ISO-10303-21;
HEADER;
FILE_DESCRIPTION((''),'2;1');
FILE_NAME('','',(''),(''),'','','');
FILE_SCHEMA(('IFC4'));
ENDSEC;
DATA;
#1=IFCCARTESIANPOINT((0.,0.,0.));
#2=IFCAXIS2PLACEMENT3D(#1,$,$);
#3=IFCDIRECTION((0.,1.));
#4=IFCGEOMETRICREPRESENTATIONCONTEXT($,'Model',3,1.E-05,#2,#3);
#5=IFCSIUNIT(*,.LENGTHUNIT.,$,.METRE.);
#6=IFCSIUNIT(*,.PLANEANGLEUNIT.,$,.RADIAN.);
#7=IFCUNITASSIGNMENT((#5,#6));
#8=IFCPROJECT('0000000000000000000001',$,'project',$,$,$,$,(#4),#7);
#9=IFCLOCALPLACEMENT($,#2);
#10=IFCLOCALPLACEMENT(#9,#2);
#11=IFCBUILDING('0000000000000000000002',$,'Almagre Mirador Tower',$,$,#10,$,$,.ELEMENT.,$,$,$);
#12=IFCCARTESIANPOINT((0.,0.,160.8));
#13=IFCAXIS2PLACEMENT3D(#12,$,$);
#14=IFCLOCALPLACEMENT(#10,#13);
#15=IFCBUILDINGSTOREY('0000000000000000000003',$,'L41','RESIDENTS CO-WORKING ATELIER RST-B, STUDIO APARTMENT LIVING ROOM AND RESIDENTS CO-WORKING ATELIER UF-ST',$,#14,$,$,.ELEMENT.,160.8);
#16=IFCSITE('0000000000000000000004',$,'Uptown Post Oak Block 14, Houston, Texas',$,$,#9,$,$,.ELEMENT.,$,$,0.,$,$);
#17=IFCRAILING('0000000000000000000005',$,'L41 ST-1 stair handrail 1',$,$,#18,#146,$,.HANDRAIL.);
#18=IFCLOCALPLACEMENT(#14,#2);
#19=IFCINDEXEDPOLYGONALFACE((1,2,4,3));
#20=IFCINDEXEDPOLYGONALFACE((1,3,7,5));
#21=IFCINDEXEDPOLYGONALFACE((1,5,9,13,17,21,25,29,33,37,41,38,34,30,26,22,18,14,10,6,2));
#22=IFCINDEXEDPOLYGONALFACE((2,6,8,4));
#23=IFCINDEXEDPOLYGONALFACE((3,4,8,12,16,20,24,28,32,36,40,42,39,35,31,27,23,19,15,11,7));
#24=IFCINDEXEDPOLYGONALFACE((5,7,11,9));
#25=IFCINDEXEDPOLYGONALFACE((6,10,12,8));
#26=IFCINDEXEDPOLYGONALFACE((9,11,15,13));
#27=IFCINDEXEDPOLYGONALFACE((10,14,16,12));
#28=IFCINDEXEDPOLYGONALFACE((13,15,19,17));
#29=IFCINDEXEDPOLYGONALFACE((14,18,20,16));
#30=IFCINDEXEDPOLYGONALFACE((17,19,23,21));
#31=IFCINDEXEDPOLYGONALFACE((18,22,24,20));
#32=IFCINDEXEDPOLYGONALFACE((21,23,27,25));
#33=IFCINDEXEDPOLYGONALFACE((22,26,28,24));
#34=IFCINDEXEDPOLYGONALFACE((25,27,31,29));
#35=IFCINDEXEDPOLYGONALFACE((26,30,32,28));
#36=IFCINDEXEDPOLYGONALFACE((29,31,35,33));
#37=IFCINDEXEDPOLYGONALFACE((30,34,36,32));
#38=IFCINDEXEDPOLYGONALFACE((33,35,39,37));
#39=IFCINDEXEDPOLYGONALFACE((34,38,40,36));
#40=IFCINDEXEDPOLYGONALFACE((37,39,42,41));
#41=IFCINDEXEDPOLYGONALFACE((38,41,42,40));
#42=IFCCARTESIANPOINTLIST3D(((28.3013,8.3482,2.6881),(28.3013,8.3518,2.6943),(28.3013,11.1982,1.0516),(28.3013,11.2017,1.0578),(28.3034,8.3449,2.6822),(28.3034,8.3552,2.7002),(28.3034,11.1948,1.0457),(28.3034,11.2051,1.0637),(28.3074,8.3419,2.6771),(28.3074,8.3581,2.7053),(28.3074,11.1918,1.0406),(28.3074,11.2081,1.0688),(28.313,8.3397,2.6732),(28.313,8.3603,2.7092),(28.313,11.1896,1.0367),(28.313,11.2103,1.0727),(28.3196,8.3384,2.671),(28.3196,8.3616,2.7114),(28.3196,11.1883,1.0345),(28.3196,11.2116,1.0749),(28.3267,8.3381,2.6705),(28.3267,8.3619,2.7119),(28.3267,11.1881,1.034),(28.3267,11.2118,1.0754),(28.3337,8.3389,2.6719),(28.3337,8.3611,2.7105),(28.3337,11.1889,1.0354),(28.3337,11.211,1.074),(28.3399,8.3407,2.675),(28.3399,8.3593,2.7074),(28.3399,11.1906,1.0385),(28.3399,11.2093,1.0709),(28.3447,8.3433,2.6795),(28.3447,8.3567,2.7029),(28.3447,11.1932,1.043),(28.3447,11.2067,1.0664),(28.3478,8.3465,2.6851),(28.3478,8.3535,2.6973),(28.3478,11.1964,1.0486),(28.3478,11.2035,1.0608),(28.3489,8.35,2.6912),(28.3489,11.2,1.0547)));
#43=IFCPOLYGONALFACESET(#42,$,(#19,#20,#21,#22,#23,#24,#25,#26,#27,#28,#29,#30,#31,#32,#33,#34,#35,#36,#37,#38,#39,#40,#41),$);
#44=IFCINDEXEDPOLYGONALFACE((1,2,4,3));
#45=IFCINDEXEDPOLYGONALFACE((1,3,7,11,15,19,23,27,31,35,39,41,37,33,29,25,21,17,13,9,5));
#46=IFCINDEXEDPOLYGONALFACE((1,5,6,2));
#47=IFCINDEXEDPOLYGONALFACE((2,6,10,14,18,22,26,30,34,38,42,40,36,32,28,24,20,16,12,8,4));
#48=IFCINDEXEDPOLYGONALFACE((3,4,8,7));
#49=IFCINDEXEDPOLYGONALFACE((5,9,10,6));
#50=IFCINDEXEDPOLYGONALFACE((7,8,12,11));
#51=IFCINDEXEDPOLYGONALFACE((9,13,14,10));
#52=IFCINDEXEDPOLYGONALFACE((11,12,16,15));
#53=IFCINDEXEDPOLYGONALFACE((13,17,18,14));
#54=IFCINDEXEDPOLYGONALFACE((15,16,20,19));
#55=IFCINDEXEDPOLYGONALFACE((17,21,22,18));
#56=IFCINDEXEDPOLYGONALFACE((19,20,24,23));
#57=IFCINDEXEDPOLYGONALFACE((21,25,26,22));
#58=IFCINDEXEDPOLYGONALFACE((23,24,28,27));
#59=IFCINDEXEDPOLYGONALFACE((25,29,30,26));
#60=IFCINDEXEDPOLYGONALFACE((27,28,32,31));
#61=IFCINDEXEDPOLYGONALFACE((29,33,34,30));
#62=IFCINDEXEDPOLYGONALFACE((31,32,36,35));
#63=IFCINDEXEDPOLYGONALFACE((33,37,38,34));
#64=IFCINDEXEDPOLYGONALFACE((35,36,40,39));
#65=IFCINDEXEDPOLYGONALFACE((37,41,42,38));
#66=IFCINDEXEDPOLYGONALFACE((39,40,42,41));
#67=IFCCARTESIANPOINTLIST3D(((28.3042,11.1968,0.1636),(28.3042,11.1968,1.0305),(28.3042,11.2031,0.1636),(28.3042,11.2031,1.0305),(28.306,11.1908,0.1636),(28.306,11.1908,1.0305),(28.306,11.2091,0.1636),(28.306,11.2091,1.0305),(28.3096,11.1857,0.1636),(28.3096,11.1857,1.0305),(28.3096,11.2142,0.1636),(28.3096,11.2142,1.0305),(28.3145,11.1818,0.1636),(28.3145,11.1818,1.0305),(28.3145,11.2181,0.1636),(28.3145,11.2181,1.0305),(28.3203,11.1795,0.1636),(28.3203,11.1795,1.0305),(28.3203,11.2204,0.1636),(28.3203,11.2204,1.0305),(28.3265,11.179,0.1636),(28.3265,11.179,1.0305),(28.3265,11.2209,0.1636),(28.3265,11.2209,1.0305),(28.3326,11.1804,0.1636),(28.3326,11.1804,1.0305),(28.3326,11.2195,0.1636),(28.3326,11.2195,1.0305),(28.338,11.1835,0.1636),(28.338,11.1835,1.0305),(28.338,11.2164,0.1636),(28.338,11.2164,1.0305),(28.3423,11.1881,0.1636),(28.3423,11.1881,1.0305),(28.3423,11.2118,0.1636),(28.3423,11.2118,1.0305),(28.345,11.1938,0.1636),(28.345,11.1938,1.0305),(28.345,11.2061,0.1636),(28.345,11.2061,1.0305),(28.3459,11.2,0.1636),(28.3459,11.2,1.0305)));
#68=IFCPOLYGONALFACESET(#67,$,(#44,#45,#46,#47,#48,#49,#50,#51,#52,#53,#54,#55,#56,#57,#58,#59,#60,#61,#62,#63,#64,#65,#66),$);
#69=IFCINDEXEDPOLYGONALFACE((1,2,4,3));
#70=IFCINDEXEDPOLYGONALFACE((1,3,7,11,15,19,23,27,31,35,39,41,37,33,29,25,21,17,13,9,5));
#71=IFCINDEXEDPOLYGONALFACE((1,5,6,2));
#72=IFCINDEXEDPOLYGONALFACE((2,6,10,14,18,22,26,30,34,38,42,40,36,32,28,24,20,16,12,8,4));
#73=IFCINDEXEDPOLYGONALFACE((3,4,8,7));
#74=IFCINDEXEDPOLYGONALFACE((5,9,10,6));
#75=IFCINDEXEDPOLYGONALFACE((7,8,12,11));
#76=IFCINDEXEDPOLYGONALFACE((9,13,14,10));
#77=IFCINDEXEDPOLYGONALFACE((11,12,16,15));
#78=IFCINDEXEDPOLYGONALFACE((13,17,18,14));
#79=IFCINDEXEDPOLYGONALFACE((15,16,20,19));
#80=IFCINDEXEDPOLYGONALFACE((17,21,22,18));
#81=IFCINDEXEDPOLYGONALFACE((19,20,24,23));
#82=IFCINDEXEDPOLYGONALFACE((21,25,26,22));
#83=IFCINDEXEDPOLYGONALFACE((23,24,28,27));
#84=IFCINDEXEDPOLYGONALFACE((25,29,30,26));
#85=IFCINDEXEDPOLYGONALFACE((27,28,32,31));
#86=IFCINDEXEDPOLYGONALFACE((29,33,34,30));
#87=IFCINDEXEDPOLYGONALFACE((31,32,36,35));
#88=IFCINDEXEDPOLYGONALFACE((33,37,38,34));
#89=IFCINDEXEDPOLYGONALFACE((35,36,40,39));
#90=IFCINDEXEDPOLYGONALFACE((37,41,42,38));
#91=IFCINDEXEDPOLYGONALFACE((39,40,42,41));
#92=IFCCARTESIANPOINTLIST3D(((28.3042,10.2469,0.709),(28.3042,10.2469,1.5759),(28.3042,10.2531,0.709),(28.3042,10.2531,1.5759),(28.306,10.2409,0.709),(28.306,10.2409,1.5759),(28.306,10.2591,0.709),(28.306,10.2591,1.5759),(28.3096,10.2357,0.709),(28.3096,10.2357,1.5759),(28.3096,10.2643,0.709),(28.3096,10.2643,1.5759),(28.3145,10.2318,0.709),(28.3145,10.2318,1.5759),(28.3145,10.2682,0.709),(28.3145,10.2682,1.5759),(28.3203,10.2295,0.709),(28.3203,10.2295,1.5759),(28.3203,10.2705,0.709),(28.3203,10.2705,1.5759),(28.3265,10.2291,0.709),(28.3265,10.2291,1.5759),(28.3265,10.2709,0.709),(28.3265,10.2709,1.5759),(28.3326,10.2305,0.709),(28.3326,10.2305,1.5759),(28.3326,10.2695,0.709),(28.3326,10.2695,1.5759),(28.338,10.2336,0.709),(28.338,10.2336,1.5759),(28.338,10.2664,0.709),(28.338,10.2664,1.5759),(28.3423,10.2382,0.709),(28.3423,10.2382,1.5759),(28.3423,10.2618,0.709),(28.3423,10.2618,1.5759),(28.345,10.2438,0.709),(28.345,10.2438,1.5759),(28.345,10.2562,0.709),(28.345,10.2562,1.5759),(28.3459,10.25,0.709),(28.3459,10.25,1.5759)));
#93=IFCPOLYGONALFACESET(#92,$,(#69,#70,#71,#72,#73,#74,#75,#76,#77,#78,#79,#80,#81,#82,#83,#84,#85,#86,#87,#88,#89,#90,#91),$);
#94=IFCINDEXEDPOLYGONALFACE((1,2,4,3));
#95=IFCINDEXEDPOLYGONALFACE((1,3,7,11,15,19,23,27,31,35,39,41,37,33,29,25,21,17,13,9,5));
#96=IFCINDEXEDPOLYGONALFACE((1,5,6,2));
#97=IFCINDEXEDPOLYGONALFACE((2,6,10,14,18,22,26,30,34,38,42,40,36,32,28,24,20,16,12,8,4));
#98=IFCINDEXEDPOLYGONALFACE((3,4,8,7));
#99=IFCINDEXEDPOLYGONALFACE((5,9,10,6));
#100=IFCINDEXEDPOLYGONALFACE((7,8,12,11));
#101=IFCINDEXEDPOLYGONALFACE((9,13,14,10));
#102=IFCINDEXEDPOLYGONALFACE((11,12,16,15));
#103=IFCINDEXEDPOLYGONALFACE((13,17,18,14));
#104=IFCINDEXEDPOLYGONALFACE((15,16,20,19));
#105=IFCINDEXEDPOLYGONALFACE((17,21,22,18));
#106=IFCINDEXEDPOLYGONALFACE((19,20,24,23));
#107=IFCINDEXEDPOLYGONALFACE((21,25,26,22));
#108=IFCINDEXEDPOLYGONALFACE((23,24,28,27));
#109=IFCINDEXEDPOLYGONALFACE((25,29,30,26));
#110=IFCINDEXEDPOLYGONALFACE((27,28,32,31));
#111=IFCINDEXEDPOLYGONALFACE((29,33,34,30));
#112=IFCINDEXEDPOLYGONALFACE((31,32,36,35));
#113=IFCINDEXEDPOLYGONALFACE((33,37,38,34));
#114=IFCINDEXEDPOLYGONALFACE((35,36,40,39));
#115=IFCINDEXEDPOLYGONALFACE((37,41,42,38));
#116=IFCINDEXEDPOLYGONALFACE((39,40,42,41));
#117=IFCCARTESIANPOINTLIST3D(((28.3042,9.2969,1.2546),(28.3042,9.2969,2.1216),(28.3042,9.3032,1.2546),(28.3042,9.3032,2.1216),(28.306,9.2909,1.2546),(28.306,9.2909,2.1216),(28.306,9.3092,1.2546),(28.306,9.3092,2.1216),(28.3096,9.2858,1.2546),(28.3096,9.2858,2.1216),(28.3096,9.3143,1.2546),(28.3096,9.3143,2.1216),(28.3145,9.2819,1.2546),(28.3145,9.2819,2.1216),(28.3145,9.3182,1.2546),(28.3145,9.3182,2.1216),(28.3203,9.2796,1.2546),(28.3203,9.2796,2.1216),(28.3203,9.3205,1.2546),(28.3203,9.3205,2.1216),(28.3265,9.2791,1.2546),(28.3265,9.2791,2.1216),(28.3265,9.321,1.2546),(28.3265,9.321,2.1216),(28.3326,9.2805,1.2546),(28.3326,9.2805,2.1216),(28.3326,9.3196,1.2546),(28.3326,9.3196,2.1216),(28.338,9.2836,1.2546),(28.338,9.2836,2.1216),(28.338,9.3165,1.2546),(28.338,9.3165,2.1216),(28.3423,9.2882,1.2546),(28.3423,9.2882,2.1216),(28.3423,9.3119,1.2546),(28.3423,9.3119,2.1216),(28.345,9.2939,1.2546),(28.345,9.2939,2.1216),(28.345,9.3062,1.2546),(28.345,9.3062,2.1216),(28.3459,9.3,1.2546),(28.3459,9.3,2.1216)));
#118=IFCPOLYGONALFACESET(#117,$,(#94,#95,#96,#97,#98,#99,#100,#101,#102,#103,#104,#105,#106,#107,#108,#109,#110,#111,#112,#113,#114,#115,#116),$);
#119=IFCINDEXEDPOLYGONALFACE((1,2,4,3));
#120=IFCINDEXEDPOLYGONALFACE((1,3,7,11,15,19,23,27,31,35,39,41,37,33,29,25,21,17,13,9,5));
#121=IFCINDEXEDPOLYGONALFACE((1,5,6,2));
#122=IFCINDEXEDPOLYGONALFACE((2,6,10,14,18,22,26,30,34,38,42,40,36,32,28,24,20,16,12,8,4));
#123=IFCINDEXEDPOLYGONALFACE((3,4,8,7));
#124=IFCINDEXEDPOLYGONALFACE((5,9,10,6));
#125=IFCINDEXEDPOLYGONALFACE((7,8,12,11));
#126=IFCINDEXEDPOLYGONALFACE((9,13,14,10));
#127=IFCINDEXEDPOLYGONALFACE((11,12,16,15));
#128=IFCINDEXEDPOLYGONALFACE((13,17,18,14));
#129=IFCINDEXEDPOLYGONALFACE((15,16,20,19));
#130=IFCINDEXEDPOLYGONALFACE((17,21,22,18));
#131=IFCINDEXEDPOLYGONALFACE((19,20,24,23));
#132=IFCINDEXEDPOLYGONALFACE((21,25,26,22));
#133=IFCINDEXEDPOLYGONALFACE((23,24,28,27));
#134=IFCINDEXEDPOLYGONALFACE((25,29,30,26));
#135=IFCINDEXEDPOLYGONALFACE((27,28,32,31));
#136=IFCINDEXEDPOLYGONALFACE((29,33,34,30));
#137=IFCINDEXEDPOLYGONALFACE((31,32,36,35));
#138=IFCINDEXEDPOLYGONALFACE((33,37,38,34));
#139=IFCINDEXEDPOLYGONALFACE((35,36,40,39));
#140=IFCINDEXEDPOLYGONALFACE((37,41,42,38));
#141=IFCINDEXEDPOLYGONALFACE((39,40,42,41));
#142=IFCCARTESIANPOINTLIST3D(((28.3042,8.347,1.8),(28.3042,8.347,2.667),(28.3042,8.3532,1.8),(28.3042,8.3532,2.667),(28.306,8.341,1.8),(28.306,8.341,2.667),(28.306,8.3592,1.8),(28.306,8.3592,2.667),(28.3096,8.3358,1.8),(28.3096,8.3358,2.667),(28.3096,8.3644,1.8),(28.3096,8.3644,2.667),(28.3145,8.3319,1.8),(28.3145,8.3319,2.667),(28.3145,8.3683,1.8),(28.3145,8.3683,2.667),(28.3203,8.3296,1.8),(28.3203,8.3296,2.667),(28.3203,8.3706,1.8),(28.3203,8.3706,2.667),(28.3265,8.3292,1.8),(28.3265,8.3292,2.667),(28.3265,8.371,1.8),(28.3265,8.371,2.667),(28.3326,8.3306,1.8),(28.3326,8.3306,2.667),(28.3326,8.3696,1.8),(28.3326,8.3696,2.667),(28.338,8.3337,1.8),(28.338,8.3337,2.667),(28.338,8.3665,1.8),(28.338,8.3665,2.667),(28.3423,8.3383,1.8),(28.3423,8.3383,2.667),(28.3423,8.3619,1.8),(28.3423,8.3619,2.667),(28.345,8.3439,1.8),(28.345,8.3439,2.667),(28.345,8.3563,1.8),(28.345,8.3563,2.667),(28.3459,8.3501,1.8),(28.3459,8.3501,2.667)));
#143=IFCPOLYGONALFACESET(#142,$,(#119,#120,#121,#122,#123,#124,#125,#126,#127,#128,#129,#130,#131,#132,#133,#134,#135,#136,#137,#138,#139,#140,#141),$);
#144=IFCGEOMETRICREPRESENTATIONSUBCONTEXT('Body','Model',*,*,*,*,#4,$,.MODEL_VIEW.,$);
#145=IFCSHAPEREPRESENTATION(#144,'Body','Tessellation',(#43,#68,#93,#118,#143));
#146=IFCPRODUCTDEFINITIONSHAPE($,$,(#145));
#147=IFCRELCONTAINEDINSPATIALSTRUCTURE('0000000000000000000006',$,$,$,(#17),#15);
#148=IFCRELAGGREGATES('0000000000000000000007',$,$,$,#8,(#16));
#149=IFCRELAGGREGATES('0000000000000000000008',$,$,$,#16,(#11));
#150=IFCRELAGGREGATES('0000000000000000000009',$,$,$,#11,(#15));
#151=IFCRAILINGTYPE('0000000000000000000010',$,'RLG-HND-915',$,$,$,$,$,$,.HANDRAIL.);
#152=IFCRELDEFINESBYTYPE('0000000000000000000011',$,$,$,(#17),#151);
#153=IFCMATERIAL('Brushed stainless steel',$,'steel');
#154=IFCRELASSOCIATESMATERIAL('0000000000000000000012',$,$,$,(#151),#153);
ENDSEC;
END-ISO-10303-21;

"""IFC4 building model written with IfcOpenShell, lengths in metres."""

from ifc_helpers import new_model, si_unit, direction, frame, origin, origin_2d, place, context, subcontext, project, spatial, circle, extrude, material, type_object, element, save


model = new_model("IFC4")

# Units and contexts
model_context = context("Model", 3, precision=1e-05, world=origin(), true_north=direction((0.0, 1.0)))
body_context = subcontext(model_context, "Body", "Model", "MODEL_VIEW")
ifc_project = project(units=[si_unit("LENGTHUNIT", "METRE"), si_unit("PLANEANGLEUNIT", "RADIAN")], contexts=[model_context])

# Site, building, storey
site_placement = place(None, origin())
site = spatial("IfcSite", under=ifc_project, at=site_placement, Name="Uptown Post Oak Block 14, Houston, Texas", CompositionType="ELEMENT", RefElevation=0.0)
building_placement = place(site_placement, origin())
building = spatial("IfcBuilding", under=site, at=building_placement, Name="Almagre Mirador Tower", CompositionType="ELEMENT")
storey_placement = place(building_placement, frame((0.0, 0.0, 160.8)))
storey = spatial("IfcBuildingStorey", under=building, at=storey_placement, Name="L41", Description="RESIDENTS CO-WORKING ATELIER RST-B, STUDIO APARTMENT LIVING ROOM AND RESIDENTS CO-WORKING ATELIER UF-ST", CompositionType="ELEMENT", Elevation=160.8)

# Railing
ifc_material_1 = material(Name="Brushed stainless steel", Category="steel")
railing_type_1 = type_object("IfcRailingType", Name="RLG-HND-915", PredefinedType="HANDRAIL", material=ifc_material_1)
railing_1_placement = place(storey_placement, frame((28.325, 11.2, 0.1636)))
element("IfcRailing", 1, at=railing_1_placement, inside=storey, type_object=railing_type_1, Name="L41 ST-1 stair handrail 1", PredefinedType="HANDRAIL", context=body_context, shape_type="SweptSolid", body=[
    extrude(circle(Radius=0.0239, at=origin_2d()), frame((0.0, 0.0, 0.8911), z_axis=(0.0, -0.867194, 0.49797), x_axis=(1.0, 0.0, 0.0)), (0.0, 0.0, 1.0), 3.2864),
    extrude(circle(Radius=0.021, at=origin_2d()), origin(), (0.0, 0.0, 1.0), 0.8669),
    extrude(circle(Radius=0.021, at=origin_2d()), frame((0.0, -0.95, 0.5454)), (0.0, 0.0, 1.0), 0.8669),
    extrude(circle(Radius=0.021, at=origin_2d()), frame((0.0, -1.8999, 1.0911)), (0.0, 0.0, 1.0), 0.8669),
    extrude(circle(Radius=0.021, at=origin_2d()), frame((0.0, -2.8499, 1.6365)), (0.0, 0.0, 1.0), 0.8669),
])

save(model, "model.ifc")
